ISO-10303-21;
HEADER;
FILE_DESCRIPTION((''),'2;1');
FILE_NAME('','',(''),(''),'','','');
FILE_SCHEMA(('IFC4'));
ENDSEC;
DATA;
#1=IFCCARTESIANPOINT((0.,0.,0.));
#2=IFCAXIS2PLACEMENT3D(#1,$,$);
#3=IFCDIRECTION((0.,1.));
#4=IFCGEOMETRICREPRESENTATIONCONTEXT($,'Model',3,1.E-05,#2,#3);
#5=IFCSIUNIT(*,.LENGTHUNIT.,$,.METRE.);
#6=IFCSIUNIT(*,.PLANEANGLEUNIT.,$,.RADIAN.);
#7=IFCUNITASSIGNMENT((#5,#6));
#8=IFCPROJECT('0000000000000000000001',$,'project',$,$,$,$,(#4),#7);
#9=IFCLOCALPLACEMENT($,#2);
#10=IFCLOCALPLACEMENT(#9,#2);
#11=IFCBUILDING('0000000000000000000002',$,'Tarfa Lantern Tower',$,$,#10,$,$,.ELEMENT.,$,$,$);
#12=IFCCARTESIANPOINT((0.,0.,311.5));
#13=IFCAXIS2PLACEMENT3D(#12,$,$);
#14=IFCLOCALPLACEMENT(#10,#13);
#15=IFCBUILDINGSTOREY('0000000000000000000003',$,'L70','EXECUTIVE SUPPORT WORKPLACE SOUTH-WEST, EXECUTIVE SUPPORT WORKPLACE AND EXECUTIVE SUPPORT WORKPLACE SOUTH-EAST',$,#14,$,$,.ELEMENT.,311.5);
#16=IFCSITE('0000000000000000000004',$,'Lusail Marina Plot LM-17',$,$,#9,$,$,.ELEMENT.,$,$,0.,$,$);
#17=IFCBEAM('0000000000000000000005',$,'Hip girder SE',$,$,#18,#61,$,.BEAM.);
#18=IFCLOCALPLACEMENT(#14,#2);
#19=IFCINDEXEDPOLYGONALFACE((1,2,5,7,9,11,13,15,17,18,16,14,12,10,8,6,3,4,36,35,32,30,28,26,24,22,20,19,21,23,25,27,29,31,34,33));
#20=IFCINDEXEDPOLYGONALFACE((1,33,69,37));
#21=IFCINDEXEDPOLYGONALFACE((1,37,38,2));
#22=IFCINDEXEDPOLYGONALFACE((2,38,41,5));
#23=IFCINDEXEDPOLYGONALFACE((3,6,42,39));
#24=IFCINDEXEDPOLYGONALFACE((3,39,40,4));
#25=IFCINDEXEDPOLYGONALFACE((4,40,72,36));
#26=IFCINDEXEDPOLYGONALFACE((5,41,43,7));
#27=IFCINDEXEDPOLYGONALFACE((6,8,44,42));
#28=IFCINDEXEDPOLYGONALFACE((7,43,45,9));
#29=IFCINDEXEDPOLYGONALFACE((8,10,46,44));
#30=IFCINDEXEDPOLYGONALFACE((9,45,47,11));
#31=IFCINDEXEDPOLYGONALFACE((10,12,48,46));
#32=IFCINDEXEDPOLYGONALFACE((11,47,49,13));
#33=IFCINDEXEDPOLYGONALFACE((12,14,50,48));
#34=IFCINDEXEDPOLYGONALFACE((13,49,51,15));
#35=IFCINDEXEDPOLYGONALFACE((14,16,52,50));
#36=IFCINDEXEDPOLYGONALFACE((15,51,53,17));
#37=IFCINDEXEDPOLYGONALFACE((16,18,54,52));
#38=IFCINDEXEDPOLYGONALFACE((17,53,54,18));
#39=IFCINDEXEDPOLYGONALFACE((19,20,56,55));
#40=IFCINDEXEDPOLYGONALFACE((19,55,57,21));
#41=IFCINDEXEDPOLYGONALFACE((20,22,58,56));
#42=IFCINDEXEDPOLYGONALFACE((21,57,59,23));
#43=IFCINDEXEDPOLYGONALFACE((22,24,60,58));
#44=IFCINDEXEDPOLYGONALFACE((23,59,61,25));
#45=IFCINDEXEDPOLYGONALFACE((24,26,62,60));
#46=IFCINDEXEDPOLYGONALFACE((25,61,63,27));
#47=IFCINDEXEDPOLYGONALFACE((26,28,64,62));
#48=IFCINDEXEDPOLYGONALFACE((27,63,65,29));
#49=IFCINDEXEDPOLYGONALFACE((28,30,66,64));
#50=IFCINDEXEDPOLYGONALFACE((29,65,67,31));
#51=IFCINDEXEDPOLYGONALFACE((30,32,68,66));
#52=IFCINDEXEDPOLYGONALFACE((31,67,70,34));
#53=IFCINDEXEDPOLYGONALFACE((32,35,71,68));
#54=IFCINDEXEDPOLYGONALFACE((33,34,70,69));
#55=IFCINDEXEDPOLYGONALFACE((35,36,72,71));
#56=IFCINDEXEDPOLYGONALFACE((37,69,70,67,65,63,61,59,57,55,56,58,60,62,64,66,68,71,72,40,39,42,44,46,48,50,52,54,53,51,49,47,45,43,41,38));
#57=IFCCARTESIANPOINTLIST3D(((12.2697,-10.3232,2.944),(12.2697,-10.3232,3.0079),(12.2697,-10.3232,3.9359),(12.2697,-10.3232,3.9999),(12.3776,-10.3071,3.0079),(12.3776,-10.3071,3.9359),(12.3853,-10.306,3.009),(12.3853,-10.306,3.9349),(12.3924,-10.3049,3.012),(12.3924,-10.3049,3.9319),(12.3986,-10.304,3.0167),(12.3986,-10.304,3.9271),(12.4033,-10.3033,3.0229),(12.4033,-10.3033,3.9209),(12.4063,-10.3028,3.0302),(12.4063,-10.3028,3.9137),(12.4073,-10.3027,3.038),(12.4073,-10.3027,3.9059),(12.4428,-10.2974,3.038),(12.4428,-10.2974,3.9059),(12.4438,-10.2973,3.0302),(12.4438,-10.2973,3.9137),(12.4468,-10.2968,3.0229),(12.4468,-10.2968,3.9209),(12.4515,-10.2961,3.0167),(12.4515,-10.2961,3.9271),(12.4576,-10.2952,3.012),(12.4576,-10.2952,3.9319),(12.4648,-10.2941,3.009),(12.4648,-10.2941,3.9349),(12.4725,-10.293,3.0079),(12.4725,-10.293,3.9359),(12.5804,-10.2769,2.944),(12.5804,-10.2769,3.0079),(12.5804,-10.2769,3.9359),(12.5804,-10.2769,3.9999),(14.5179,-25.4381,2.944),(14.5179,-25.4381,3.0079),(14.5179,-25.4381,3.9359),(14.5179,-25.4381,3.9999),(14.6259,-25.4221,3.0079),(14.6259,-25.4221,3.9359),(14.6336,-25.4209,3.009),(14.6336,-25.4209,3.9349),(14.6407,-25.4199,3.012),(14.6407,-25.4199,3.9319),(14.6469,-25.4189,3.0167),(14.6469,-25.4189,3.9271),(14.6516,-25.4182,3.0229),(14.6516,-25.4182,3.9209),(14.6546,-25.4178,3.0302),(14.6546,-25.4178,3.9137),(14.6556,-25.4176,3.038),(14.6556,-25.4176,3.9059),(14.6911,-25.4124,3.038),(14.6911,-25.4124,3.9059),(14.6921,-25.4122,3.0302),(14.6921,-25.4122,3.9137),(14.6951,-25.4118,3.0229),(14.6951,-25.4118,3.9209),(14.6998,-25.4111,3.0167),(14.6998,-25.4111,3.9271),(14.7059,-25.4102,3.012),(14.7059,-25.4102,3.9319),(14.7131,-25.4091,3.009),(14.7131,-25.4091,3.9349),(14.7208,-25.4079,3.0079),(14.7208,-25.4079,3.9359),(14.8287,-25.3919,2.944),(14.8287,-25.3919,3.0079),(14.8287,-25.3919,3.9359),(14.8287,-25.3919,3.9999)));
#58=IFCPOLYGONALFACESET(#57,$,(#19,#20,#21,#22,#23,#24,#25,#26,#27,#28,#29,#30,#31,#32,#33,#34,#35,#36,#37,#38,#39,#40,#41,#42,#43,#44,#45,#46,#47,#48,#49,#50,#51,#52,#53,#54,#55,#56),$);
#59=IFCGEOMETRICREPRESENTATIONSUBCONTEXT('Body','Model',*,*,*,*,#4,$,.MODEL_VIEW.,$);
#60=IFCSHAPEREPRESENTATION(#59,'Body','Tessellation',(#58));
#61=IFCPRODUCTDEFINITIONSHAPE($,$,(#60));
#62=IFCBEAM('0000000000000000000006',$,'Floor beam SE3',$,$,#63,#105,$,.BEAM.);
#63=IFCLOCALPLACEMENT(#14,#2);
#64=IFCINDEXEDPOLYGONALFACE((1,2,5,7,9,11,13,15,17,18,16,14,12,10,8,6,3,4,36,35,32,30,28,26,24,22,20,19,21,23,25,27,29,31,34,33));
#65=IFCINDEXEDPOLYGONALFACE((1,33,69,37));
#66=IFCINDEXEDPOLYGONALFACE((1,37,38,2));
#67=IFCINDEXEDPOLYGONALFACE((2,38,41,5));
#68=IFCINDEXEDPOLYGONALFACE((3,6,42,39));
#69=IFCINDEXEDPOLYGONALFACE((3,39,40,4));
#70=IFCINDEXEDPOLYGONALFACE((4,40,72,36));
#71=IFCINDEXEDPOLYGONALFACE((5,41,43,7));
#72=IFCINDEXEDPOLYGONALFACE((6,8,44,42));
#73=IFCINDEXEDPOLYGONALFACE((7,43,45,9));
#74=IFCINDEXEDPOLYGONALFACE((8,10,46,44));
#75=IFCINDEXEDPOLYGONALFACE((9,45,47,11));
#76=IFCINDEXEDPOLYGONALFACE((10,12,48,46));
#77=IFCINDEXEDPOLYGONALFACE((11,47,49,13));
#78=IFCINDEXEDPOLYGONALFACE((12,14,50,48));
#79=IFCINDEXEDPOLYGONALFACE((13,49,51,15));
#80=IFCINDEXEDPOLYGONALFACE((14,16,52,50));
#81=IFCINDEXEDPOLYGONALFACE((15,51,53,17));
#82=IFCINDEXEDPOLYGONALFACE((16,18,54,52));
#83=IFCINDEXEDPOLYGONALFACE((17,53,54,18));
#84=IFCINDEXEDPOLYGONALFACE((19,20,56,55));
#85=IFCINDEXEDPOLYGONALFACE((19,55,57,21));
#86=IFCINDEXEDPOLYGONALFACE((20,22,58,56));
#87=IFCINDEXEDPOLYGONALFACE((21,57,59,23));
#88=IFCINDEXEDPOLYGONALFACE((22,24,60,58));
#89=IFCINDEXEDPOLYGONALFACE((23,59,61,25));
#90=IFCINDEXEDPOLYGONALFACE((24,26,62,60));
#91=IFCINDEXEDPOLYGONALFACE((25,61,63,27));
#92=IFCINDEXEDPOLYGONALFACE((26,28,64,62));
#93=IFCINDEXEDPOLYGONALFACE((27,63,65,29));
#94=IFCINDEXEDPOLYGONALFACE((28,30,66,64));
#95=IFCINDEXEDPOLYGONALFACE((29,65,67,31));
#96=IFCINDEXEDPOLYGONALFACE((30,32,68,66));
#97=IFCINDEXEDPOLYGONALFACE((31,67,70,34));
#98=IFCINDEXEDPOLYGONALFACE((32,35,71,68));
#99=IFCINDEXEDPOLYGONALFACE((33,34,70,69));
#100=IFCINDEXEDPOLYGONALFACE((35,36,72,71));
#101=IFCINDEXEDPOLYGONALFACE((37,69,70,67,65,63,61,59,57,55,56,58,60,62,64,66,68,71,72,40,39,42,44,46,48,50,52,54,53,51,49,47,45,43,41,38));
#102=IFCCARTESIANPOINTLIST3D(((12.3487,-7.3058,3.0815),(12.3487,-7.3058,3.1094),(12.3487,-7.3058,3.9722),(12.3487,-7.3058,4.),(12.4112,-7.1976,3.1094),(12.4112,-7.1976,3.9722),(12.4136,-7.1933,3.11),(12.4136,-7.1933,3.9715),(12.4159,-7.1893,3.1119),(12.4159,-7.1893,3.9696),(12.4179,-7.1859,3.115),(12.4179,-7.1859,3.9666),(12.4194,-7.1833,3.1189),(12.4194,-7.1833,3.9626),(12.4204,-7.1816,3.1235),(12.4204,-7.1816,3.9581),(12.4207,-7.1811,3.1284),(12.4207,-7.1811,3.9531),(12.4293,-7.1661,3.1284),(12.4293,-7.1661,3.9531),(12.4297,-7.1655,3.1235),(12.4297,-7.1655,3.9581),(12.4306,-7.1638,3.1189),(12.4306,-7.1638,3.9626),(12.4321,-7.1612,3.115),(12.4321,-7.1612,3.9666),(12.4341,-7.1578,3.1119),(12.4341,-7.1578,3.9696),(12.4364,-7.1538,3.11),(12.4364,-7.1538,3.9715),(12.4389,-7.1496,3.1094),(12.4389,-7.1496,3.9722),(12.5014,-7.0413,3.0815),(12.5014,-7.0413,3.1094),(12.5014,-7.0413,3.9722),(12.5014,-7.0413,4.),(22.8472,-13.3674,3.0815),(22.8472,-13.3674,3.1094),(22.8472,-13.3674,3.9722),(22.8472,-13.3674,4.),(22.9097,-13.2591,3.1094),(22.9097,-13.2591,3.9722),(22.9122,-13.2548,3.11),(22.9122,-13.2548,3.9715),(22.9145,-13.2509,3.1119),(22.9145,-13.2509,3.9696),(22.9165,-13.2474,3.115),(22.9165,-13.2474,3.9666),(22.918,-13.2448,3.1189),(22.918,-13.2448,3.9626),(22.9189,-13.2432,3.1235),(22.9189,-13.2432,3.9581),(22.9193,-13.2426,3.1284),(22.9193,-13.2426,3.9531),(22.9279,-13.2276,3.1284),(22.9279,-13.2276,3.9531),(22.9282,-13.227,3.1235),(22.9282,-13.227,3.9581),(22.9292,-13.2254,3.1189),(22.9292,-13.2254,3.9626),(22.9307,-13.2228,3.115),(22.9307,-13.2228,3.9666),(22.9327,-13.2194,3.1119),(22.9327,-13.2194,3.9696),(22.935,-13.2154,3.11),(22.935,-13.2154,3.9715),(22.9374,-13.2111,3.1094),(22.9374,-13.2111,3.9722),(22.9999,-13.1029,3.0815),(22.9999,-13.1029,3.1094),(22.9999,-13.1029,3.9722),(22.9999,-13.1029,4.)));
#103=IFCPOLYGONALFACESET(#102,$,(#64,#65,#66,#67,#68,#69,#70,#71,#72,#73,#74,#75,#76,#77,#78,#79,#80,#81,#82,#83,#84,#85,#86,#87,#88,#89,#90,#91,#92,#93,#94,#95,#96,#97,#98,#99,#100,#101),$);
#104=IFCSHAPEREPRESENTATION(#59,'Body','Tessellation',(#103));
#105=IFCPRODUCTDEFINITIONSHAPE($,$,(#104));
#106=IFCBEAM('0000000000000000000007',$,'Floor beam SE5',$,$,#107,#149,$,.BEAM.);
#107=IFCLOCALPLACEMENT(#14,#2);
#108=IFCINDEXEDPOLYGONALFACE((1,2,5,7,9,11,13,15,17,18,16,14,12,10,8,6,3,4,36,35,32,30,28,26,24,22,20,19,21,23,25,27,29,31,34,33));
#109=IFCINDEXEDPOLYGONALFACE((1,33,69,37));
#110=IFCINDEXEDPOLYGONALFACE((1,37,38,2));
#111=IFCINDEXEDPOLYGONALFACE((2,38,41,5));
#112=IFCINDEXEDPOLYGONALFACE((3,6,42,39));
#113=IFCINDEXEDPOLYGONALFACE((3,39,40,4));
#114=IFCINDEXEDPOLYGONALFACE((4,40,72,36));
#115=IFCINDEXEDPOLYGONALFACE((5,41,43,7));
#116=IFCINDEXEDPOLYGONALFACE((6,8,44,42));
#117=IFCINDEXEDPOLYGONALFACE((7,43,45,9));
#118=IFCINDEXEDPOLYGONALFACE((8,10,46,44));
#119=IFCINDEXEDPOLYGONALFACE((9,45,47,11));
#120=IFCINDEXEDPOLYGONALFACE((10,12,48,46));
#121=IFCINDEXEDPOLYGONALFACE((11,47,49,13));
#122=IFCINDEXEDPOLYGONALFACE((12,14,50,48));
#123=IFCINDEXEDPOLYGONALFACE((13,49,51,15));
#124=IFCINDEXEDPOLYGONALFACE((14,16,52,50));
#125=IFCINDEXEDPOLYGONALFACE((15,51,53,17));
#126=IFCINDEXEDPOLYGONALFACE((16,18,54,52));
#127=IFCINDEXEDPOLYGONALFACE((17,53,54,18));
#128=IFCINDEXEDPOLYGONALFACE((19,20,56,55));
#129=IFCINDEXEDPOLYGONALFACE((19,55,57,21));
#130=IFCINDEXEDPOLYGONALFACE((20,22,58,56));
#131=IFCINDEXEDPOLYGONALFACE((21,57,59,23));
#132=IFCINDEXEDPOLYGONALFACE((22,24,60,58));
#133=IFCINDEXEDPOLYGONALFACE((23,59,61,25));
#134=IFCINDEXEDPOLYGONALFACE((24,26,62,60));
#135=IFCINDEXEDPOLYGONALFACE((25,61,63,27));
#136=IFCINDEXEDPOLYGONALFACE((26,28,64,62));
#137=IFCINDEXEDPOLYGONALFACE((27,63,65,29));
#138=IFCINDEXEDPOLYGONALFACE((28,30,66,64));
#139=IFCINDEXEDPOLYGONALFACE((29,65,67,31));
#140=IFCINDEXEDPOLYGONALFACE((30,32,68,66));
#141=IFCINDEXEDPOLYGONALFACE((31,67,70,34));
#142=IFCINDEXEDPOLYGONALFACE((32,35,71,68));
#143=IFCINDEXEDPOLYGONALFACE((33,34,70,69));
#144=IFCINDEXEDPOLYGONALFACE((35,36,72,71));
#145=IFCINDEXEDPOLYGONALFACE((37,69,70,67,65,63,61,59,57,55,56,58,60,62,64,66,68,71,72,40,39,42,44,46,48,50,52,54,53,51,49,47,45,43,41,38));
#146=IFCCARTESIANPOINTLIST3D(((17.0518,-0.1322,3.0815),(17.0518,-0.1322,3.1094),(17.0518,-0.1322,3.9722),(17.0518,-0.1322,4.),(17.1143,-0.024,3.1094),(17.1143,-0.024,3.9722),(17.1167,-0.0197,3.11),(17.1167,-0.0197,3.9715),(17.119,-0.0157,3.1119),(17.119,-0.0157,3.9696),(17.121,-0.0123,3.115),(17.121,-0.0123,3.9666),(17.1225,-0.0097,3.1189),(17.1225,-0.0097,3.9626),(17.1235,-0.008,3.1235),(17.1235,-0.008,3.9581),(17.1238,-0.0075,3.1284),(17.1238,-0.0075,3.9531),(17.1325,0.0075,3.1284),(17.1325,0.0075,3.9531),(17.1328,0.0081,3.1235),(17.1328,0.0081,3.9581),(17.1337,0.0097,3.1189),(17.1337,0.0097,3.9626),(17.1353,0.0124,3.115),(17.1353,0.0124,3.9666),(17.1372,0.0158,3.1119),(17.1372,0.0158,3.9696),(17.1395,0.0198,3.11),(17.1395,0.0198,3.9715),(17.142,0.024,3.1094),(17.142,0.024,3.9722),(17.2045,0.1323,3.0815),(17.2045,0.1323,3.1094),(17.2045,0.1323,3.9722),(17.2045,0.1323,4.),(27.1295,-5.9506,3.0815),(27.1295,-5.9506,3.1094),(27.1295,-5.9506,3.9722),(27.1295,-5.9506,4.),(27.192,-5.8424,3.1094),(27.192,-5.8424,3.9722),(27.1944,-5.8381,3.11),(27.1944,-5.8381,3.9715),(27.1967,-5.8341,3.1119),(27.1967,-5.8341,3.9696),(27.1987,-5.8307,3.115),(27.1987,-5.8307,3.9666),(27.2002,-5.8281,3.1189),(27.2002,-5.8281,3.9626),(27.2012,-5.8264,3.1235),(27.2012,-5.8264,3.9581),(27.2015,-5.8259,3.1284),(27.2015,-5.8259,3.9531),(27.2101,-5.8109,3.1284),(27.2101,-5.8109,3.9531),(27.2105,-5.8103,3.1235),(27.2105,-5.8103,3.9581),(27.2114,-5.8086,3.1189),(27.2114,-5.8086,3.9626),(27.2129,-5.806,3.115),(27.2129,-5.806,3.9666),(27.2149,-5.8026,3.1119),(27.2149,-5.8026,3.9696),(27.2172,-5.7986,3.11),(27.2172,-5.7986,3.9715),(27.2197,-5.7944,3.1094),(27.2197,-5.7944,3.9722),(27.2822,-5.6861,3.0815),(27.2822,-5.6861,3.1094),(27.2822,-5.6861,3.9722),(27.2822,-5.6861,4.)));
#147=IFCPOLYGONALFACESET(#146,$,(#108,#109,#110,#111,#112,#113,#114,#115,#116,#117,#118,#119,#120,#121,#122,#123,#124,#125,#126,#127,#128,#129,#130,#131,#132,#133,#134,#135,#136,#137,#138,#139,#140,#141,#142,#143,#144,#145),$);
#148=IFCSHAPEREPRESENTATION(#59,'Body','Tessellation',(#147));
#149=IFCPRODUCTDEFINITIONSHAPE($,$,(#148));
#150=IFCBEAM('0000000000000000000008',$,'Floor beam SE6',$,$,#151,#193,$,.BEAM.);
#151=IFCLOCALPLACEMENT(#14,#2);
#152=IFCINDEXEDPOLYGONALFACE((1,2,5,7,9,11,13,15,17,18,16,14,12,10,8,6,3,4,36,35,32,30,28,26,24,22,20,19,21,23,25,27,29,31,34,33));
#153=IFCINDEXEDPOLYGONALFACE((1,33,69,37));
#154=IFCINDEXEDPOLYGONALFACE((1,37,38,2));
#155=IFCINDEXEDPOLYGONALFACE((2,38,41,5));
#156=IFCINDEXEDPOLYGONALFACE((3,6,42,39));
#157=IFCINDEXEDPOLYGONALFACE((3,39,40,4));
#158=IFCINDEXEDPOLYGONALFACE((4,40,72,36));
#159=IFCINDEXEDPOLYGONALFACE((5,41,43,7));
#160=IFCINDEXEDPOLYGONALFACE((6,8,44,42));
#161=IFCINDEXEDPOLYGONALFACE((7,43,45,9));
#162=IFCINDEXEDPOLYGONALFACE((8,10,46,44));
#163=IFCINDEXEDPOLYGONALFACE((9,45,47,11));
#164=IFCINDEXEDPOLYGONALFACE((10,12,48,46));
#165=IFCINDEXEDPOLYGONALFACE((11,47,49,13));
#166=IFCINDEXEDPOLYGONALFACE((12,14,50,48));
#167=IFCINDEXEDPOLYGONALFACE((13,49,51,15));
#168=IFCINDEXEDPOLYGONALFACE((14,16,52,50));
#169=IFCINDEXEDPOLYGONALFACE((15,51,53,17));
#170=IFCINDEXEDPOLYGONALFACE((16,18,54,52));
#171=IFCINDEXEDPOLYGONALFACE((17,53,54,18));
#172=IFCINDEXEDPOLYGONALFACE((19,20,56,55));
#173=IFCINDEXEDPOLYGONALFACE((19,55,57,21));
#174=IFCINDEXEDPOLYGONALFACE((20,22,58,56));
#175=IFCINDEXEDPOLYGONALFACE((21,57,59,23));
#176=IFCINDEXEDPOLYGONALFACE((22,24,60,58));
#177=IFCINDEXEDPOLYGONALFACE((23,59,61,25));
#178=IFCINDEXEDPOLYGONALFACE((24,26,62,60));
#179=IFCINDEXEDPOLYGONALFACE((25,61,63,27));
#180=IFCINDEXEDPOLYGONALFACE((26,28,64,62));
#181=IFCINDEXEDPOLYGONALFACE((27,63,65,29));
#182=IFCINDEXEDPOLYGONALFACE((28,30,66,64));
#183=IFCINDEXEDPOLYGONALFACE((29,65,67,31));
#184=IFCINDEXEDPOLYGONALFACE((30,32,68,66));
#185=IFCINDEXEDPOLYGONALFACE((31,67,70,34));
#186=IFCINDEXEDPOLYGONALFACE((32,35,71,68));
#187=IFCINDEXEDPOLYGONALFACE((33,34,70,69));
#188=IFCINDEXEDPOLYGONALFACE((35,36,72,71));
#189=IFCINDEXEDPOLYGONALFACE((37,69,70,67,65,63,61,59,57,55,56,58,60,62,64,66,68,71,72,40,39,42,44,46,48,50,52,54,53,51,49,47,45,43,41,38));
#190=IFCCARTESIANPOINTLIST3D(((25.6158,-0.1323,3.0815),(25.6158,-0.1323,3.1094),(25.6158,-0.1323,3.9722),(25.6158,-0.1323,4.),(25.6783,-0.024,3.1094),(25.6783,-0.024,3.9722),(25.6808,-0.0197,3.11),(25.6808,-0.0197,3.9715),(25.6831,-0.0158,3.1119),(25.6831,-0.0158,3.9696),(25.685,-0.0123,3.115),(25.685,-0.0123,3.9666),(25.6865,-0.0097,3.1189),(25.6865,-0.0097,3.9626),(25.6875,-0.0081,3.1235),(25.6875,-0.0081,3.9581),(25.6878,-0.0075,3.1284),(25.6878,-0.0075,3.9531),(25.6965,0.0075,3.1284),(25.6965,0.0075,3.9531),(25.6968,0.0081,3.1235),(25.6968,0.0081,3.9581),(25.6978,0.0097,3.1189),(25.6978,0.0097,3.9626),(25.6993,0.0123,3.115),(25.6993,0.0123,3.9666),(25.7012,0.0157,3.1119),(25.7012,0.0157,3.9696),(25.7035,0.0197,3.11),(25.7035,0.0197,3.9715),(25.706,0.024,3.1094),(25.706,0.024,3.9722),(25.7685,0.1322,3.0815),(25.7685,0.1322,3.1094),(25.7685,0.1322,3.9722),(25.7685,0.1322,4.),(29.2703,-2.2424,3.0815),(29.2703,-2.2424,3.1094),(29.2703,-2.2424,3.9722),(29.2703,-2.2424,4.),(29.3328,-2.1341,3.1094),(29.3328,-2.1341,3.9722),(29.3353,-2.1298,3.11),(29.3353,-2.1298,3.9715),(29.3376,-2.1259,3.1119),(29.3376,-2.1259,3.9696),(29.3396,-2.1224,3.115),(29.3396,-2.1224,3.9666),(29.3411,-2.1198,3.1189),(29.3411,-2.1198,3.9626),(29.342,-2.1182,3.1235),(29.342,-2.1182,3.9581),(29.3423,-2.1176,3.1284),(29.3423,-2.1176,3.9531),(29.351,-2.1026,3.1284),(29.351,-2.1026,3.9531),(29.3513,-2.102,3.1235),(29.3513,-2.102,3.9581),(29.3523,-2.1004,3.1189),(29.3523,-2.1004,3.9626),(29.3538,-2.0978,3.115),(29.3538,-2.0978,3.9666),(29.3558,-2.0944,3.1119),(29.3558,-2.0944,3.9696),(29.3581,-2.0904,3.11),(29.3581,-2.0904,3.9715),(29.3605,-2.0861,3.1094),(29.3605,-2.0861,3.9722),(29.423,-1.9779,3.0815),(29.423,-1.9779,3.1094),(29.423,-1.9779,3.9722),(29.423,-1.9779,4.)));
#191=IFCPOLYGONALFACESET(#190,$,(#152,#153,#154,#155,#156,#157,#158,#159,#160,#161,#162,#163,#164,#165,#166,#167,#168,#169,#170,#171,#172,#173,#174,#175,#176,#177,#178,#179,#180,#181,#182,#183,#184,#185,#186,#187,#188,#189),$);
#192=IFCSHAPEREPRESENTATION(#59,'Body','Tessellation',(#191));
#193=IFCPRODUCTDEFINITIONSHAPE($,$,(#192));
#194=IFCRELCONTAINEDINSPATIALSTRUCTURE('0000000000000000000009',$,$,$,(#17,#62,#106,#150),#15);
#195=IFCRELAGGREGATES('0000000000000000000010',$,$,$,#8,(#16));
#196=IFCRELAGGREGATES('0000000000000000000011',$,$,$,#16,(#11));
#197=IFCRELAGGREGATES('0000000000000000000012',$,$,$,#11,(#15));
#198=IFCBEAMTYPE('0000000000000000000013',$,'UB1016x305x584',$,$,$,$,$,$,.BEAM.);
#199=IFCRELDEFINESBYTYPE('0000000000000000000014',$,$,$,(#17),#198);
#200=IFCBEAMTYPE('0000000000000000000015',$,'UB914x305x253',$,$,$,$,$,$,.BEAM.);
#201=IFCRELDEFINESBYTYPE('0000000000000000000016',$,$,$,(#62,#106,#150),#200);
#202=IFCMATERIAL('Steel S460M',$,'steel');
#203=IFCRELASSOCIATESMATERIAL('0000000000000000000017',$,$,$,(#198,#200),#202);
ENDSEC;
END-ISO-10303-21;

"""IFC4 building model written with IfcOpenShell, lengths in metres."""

from ifc_helpers import new_model, si_unit, direction, frame, origin, origin_2d, place, context, subcontext, project, spatial, i_section, extrude, material, material_profile, profile_set, type_object, element, save


model = new_model("IFC4")

# Units and contexts
model_context = context("Model", 3, precision=1e-05, world=origin(), true_north=direction((0.0, 1.0)))
body_context = subcontext(model_context, "Body", "Model", "MODEL_VIEW")
ifc_project = project(units=[si_unit("LENGTHUNIT", "METRE"), si_unit("PLANEANGLEUNIT", "RADIAN")], contexts=[model_context])

# Site, building, storey
site_placement = place(None, origin())
site = spatial("IfcSite", under=ifc_project, at=site_placement, Name="Lusail Marina Plot LM-17", CompositionType="ELEMENT", RefElevation=0.0)
building_placement = place(site_placement, origin())
building = spatial("IfcBuilding", under=site, at=building_placement, Name="Tarfa Lantern Tower", CompositionType="ELEMENT")
storey_placement = place(building_placement, frame((0.0, 0.0, 311.5)))
storey = spatial("IfcBuildingStorey", under=building, at=storey_placement, Name="L70", Description="EXECUTIVE SUPPORT WORKPLACE SOUTH-WEST, EXECUTIVE SUPPORT WORKPLACE AND EXECUTIVE SUPPORT WORKPLACE SOUTH-EAST", CompositionType="ELEMENT", Elevation=311.5)

# Shared definitions
ifc_material_1 = material(Name="Steel S460M", Category="steel")

# Beams
ifc_material_profile_1 = material_profile(ifc_material_1, i_section(OverallWidth=0.3142, OverallDepth=1.0559, WebThickness=0.0359, FlangeThickness=0.064, FilletRadius=0.03, at=origin_2d()), Name="UB1016x305x584")
ifc_profile_set_1 = profile_set([ifc_material_profile_1], Name="Steel S460M")
beam_type_1 = type_object("IfcBeamType", Name="UB1016x305x584", PredefinedType="BEAM", material=ifc_profile_set_1)
beam_1_placement = place(storey_placement, frame((12.425, -10.3, 3.4719), z_axis=(0.147127, -0.989118, 0.0), x_axis=(0.989118, 0.147127, 0.0)))
element("IfcBeam", 1, at=beam_1_placement, inside=storey, type_object=beam_type_1, Name="Hip girder SE", PredefinedType="BEAM", context=body_context, shape_type="SweptSolid", body=[
    extrude(i_section(OverallWidth=0.3142, OverallDepth=1.0559, WebThickness=0.0359, FlangeThickness=0.064, FilletRadius=0.03, at=origin_2d()), origin(), (0.0, 0.0, 1.0), 15.2812),
])
ifc_material_profile_2 = material_profile(ifc_material_1, i_section(OverallWidth=0.3054, OverallDepth=0.9185, WebThickness=0.0173, FlangeThickness=0.0278, FilletRadius=0.019, at=origin_2d()), Name="UB914x305x253")
ifc_profile_set_2 = profile_set([ifc_material_profile_2], Name="Steel S460M")
beam_type_2 = type_object("IfcBeamType", Name="UB914x305x253", PredefinedType="BEAM", material=ifc_profile_set_2)
beam_2_placement = place(storey_placement, frame((22.9236, -13.2351, 3.5408), z_axis=(-0.866019, 0.500012, 0.0), x_axis=(-0.500012, -0.866019, 0.0)))
element("IfcBeam", 2, at=beam_2_placement, inside=storey, type_object=beam_type_2, Name="Floor beam SE3", PredefinedType="BEAM", context=body_context, shape_type="SweptSolid", body=[
    extrude(i_section(OverallWidth=0.3054, OverallDepth=0.9185, WebThickness=0.0173, FlangeThickness=0.0278, FilletRadius=0.019, at=origin_2d()), origin(), (0.0, 0.0, 1.0), 12.1228),
])
beam_3_placement = place(storey_placement, frame((27.2058, -5.8184, 3.5408), z_axis=(-0.866024, 0.500002, 0.0), x_axis=(-0.500002, -0.866024, 0.0)))
element("IfcBeam", 3, at=beam_3_placement, inside=storey, type_object=beam_type_2, Name="Floor beam SE5", PredefinedType="BEAM", context=body_context, shape_type="SweptSolid", body=[
    extrude(i_section(OverallWidth=0.3054, OverallDepth=0.9185, WebThickness=0.0173, FlangeThickness=0.0278, FilletRadius=0.019, at=origin_2d()), origin(), (0.0, 0.0, 1.0), 11.6367),
])
beam_4_placement = place(storey_placement, frame((29.3467, -2.1101, 3.5408), z_axis=(-0.866009, 0.500028, 0.0), x_axis=(-0.500028, -0.866009, 0.0)))
element("IfcBeam", 4, at=beam_4_placement, inside=storey, type_object=beam_type_2, Name="Floor beam SE6", PredefinedType="BEAM", context=body_context, shape_type="SweptSolid", body=[
    extrude(i_section(OverallWidth=0.3054, OverallDepth=0.9185, WebThickness=0.0173, FlangeThickness=0.0278, FilletRadius=0.019, at=origin_2d()), origin(), (0.0, 0.0, 1.0), 4.22),
])

save(model, "model.ifc")
